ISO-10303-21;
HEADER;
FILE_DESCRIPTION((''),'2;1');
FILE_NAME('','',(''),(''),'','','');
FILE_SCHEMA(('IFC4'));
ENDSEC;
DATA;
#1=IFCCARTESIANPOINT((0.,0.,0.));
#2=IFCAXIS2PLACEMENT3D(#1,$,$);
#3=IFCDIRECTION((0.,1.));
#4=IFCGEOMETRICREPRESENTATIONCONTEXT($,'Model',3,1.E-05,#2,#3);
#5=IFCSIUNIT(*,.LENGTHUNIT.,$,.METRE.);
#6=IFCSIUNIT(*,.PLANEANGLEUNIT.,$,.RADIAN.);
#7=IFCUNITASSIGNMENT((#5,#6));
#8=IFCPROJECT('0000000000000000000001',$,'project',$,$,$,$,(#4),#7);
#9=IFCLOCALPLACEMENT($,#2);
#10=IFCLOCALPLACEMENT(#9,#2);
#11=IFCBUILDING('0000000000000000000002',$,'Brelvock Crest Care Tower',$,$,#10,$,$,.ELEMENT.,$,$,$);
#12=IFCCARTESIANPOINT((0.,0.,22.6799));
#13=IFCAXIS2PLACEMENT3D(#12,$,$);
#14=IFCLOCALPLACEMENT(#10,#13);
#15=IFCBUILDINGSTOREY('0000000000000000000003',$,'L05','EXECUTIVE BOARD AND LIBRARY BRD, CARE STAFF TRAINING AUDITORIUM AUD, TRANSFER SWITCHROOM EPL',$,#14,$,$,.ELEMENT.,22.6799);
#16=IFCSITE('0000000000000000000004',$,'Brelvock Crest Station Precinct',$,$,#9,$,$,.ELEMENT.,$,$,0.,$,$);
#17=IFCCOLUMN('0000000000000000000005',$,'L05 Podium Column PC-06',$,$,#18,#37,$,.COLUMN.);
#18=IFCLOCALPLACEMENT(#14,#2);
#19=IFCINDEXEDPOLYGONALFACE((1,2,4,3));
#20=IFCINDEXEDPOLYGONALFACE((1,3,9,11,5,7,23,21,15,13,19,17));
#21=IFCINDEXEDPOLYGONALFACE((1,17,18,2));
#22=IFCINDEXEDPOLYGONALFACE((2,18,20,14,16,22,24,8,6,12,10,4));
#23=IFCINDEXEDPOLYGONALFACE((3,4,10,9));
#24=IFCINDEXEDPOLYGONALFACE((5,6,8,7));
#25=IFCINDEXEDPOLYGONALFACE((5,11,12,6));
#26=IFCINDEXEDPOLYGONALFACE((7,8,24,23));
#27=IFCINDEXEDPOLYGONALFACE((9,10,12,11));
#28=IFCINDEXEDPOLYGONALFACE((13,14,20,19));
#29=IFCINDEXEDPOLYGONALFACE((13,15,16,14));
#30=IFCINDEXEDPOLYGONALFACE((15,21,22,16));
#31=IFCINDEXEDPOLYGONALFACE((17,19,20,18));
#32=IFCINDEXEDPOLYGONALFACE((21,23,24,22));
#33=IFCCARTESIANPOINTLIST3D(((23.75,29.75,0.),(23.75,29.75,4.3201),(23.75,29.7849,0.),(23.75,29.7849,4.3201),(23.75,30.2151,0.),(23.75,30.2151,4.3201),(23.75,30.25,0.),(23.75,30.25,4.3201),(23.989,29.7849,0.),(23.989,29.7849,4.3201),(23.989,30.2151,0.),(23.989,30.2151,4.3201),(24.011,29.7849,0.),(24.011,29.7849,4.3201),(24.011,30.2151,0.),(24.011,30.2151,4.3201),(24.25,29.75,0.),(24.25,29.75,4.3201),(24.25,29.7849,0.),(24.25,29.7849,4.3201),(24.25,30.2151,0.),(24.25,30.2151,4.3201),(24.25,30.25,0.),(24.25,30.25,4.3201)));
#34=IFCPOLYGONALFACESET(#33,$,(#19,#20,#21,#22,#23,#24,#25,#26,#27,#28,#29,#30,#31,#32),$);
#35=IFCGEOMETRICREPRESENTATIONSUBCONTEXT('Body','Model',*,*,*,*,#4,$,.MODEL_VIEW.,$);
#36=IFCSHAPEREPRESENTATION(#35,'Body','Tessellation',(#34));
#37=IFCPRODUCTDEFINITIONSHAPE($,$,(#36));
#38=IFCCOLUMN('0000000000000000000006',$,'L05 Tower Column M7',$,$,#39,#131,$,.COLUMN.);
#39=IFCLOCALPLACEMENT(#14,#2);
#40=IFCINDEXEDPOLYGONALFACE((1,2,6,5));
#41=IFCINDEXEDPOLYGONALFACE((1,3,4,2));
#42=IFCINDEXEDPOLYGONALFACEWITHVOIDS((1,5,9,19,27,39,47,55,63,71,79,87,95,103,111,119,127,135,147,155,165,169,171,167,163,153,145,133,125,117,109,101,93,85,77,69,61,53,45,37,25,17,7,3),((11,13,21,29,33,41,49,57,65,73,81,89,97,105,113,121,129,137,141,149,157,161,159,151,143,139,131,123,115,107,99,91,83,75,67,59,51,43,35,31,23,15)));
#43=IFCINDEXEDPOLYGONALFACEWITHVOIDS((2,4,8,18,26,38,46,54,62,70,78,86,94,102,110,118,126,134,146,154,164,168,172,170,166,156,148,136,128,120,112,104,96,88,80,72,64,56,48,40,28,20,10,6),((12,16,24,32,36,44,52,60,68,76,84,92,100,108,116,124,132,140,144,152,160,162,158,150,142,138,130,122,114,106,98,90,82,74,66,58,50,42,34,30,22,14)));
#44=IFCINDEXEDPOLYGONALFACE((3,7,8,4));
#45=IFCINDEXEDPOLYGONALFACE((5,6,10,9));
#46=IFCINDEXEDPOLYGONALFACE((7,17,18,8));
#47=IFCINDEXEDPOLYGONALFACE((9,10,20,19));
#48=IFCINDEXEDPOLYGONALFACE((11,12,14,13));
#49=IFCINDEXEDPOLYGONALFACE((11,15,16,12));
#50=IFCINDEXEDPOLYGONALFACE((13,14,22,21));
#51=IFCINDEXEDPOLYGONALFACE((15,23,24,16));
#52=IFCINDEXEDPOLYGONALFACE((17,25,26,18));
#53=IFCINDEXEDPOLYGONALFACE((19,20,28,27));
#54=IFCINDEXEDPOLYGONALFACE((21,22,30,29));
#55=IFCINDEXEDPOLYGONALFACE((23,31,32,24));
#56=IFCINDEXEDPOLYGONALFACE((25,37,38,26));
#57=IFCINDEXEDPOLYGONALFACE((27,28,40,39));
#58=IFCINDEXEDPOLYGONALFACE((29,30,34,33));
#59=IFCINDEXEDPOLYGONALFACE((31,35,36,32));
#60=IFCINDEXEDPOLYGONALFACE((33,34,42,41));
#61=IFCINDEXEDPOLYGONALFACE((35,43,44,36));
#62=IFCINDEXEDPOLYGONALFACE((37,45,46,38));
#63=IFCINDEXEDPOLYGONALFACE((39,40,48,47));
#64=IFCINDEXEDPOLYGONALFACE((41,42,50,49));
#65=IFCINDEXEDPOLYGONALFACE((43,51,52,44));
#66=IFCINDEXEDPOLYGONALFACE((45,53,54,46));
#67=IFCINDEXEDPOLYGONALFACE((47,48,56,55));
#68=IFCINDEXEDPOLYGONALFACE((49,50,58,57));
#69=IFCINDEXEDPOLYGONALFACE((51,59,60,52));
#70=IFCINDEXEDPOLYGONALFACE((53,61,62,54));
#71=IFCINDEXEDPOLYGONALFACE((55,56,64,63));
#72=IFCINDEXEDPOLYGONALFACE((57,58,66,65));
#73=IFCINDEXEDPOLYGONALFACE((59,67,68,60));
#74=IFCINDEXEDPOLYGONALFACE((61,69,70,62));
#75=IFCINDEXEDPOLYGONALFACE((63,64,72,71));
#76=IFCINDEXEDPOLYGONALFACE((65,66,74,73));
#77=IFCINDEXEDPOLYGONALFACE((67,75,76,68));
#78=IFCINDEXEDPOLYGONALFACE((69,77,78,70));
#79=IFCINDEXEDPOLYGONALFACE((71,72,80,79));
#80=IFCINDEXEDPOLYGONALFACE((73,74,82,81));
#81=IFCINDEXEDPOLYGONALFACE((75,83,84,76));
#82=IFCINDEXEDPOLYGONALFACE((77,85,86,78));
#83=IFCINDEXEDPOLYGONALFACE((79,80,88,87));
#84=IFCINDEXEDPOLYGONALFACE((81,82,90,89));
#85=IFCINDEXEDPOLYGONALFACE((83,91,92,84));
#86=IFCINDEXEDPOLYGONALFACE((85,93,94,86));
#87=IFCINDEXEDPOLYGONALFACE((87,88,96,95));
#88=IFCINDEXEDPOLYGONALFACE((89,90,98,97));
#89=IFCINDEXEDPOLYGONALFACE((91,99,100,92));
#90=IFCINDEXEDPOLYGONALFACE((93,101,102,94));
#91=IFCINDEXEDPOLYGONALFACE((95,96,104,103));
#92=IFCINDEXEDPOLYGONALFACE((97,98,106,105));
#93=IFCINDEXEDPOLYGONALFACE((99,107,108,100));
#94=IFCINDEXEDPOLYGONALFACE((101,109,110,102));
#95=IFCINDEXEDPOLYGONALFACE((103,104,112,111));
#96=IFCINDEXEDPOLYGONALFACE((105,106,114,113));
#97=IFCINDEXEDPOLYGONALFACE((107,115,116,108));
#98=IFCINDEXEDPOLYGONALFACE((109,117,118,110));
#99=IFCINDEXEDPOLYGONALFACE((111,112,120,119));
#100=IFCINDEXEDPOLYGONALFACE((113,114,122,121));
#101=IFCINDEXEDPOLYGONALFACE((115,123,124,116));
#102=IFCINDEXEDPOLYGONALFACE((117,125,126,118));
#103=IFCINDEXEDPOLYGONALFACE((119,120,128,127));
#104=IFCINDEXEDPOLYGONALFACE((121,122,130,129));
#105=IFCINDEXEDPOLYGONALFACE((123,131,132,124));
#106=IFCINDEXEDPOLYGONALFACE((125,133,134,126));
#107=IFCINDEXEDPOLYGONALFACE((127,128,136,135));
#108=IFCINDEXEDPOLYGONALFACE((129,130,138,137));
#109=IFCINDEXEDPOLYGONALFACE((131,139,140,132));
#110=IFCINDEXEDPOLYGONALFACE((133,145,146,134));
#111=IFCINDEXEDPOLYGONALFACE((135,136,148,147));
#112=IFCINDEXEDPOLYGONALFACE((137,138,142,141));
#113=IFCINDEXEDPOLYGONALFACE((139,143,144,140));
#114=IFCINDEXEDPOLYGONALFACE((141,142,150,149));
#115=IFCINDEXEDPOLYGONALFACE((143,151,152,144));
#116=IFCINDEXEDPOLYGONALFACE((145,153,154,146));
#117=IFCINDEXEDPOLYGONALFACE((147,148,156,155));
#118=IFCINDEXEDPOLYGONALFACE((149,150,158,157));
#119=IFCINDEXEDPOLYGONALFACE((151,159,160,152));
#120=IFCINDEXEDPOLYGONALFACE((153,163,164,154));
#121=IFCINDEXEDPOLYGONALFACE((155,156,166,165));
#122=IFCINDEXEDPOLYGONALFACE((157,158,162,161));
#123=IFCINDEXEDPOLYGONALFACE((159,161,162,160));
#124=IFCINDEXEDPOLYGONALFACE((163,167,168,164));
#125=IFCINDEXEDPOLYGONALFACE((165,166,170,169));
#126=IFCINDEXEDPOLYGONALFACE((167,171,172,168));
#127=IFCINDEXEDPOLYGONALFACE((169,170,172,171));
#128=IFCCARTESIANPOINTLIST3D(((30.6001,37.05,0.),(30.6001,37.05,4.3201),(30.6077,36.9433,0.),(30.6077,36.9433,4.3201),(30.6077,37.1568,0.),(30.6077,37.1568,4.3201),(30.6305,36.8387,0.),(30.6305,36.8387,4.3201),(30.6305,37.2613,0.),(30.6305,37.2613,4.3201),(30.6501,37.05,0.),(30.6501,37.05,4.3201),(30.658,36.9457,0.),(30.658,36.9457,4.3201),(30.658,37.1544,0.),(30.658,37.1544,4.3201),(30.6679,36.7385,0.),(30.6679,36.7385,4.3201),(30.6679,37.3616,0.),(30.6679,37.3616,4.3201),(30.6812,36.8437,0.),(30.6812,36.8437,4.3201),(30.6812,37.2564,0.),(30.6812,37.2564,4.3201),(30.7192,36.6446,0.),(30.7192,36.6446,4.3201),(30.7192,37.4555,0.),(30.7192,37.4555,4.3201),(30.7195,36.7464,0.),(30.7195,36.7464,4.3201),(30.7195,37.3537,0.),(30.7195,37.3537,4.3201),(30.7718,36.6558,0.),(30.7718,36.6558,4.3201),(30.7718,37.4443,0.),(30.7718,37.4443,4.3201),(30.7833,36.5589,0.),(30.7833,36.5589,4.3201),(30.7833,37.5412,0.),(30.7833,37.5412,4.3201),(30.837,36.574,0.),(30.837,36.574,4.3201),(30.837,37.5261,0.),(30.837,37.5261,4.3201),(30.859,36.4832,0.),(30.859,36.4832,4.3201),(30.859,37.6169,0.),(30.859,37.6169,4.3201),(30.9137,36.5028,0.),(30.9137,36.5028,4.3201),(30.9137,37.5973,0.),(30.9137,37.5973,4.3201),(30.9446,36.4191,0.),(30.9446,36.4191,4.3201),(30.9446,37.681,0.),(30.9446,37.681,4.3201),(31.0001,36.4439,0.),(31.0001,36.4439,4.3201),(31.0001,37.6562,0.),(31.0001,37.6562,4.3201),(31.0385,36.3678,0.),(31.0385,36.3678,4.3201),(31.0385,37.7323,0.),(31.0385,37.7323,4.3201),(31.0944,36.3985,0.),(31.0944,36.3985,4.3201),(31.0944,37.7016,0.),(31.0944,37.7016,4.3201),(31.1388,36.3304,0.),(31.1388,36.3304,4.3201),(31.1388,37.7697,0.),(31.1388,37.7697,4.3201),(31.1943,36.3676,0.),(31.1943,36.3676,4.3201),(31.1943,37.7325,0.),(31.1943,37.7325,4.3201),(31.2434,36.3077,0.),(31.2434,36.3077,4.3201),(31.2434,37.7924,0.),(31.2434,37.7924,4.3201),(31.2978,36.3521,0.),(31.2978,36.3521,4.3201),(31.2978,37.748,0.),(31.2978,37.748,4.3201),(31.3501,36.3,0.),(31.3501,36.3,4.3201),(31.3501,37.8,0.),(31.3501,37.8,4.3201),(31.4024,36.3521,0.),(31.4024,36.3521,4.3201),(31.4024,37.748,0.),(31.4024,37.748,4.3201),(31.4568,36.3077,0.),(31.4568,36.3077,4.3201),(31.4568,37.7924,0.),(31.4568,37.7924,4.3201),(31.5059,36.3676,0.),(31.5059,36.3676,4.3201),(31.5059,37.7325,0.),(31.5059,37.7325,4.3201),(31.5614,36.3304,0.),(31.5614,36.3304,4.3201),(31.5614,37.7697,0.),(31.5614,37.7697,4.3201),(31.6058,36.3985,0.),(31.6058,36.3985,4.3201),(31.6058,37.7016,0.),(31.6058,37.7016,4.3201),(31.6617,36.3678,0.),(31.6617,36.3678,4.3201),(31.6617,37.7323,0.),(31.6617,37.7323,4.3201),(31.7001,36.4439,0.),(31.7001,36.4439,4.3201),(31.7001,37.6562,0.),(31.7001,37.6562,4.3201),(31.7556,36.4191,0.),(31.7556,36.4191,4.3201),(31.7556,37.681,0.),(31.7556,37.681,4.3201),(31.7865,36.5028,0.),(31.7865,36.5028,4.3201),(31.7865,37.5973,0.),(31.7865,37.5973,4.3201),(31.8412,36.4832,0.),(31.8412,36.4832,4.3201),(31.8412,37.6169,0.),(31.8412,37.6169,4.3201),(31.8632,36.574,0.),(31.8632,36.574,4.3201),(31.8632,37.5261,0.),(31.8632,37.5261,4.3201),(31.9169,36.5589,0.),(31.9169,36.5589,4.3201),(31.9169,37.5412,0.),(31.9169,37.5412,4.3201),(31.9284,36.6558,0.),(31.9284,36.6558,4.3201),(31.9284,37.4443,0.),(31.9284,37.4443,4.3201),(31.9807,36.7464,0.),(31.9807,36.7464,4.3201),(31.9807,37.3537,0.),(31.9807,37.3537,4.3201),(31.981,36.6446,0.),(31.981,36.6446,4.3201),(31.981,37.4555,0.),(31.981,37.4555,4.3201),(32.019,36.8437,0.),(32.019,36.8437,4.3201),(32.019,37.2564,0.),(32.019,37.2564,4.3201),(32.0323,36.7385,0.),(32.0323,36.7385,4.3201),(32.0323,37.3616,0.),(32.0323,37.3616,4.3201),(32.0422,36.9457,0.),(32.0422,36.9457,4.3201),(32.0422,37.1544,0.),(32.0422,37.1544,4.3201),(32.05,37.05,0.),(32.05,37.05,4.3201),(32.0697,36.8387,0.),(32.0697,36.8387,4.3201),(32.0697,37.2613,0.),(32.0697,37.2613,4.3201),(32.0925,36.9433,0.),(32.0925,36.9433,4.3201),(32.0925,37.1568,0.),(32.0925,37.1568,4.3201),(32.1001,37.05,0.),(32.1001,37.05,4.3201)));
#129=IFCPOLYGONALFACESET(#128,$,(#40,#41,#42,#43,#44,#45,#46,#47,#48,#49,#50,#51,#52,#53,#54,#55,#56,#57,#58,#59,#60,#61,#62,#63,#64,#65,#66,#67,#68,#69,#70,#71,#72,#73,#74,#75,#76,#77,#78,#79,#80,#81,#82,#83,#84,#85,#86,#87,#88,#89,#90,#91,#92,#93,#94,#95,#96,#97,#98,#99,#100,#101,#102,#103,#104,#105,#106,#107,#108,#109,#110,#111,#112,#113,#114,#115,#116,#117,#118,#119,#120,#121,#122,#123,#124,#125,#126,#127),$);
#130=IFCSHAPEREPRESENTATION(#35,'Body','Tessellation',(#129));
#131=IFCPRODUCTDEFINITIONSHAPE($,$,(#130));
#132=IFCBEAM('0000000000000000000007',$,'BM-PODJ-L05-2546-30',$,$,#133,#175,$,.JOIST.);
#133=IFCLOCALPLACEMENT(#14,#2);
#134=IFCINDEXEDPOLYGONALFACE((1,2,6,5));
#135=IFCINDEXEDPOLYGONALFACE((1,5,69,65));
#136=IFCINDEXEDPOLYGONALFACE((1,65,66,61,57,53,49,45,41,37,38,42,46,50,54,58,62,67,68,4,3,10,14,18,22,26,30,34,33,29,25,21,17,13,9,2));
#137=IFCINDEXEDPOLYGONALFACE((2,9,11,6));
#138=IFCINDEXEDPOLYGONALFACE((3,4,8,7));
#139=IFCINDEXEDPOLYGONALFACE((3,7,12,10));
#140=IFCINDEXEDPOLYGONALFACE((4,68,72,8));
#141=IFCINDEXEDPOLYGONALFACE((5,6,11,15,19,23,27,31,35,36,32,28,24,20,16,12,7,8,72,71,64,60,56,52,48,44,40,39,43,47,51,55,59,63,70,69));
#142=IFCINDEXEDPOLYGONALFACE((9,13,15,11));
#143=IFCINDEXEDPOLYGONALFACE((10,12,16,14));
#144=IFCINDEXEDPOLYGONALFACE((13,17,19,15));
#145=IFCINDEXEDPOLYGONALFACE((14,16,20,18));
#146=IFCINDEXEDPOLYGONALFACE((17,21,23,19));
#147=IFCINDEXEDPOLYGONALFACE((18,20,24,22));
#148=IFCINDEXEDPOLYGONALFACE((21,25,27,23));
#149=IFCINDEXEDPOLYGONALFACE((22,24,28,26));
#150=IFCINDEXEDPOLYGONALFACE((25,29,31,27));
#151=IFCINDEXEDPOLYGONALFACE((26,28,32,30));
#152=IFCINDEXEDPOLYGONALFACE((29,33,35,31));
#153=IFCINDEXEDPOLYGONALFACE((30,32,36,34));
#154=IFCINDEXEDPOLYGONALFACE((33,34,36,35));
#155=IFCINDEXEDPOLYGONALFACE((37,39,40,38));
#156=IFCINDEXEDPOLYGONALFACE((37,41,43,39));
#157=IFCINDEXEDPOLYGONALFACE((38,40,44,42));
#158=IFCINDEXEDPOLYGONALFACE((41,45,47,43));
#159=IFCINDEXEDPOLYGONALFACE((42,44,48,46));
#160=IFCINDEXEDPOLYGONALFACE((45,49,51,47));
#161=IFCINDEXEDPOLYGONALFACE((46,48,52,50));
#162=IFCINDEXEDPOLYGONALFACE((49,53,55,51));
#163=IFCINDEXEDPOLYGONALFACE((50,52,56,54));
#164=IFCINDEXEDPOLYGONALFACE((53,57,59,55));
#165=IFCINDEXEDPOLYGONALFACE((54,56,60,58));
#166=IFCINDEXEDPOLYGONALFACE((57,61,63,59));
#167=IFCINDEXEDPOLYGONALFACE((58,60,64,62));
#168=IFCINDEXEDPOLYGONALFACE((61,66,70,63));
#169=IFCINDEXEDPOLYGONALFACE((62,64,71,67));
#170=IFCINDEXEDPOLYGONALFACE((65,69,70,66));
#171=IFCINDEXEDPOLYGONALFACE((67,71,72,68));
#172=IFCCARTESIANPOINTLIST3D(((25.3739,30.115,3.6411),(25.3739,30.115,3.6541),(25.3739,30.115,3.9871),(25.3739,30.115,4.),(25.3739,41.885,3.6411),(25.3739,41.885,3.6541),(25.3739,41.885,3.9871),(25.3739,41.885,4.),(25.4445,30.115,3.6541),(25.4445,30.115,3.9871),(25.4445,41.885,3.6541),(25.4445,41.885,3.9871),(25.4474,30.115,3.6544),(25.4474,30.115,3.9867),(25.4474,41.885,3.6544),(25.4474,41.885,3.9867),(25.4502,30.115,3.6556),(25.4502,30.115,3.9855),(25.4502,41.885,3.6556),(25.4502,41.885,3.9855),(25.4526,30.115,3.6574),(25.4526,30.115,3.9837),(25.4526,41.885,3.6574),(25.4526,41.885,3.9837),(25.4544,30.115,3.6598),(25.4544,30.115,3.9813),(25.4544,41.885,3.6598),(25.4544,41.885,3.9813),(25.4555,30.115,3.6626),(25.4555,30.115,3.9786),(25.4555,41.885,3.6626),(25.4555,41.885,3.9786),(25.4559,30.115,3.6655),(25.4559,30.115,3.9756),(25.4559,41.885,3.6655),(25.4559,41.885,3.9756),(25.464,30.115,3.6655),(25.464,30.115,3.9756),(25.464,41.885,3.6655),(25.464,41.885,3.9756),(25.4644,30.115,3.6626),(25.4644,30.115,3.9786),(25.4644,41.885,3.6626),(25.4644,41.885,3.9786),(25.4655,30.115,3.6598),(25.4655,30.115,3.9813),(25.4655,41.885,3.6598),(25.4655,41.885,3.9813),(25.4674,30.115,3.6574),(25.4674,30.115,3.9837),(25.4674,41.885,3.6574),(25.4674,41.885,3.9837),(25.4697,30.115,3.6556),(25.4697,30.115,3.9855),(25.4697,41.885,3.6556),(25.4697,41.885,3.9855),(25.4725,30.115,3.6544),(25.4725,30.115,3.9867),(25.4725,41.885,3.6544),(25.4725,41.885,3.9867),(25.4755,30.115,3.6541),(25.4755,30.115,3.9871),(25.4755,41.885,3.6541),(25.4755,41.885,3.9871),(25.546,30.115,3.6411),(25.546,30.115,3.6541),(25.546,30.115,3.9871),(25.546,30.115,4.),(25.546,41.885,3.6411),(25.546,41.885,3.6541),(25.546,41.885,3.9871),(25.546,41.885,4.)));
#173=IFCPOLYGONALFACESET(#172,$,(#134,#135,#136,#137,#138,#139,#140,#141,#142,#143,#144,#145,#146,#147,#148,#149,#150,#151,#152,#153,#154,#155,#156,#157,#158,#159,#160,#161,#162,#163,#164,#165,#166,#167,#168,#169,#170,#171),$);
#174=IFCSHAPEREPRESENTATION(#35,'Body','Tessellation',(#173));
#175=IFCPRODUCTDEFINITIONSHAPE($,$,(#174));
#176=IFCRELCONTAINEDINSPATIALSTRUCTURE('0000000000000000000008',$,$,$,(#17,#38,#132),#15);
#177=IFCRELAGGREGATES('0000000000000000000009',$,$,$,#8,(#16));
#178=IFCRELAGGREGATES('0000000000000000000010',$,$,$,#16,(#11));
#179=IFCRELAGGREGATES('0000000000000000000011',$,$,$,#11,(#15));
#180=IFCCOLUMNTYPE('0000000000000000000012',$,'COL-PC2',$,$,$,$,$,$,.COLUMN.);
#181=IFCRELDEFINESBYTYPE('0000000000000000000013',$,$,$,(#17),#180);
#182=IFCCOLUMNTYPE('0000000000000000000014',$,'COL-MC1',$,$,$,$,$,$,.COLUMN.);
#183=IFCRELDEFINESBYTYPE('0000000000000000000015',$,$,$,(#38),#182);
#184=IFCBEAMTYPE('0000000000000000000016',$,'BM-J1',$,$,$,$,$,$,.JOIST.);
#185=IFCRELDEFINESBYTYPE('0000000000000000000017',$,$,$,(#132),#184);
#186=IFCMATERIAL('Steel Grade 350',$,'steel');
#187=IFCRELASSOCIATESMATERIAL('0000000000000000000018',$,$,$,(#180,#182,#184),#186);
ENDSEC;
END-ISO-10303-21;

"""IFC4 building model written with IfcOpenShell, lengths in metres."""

from ifc_helpers import new_model, si_unit, direction, frame, origin, origin_2d, place, context, subcontext, project, spatial, hollow_circle, i_section, extrude, source, transform, mapped, material, material_profile, profile_set, type_object, element, save


model = new_model("IFC4")

# Units and contexts
model_context = context("Model", 3, precision=1e-05, world=origin(), true_north=direction((0.0, 1.0)))
body_context = subcontext(model_context, "Body", "Model", "MODEL_VIEW")
ifc_project = project(units=[si_unit("LENGTHUNIT", "METRE"), si_unit("PLANEANGLEUNIT", "RADIAN")], contexts=[model_context])

# Site, building, storey
site_placement = place(None, origin())
site = spatial("IfcSite", under=ifc_project, at=site_placement, Name="Brelvock Crest Station Precinct", CompositionType="ELEMENT", RefElevation=0.0)
building_placement = place(site_placement, origin())
building = spatial("IfcBuilding", under=site, at=building_placement, Name="Brelvock Crest Care Tower", CompositionType="ELEMENT")
storey_placement = place(building_placement, frame((0.0, 0.0, 22.6799)))
storey = spatial("IfcBuildingStorey", under=building, at=storey_placement, Name="L05", Description="EXECUTIVE BOARD AND LIBRARY BRD, CARE STAFF TRAINING AUDITORIUM AUD, TRANSFER SWITCHROOM EPL", CompositionType="ELEMENT", Elevation=22.6799)

# Columns
ifc_material_1 = material(Name="Steel Grade 350", Category="steel")
ifc_material_profile_1 = material_profile(ifc_material_1, i_section(OverallWidth=0.5, OverallDepth=0.5, WebThickness=0.022, FlangeThickness=0.0349, at=origin_2d()), Name="500WC340")
ifc_profile_set_1 = profile_set([ifc_material_profile_1], Name="Steel Grade 350")
column_type_1 = type_object("IfcColumnType", Name="COL-PC2", PredefinedType="COLUMN", material=ifc_profile_set_1)
shared_shape_1 = source(origin(), body_context, "Body", "SweptSolid", [
    extrude(i_section(OverallWidth=0.5, OverallDepth=0.5, WebThickness=0.022, FlangeThickness=0.0349, at=origin_2d()), origin(), (0.0, 0.0, 1.0), 4.3201),
])
column_1_placement = place(storey_placement, frame((24.0, 30.0, 0.0), z_axis=(0.0, 0.0, 1.0), x_axis=(1.0, 0.0, 0.0)))
element("IfcColumn", 1, at=column_1_placement, inside=storey, type_object=column_type_1, Name="L05 Podium Column PC-06", PredefinedType="COLUMN", context=body_context, shape_type="MappedRepresentation", body=[
    mapped(shared_shape_1, transform((0.0, 0.0, 0.0), x_axis=(1.0, 0.0, 0.0), y_axis=(0.0, 1.0, 0.0), z_axis=(0.0, 0.0, 1.0), scale=1.0)),
])
ifc_material_profile_2 = material_profile(ifc_material_1, hollow_circle(Radius=0.75, WallThickness=0.05, at=origin_2d()), Name="CFT1500x50")
ifc_profile_set_2 = profile_set([ifc_material_profile_2], Name="Steel Grade 350")
column_type_2 = type_object("IfcColumnType", Name="COL-MC1", PredefinedType="COLUMN", material=ifc_profile_set_2)
shared_shape_2 = source(origin(), body_context, "Body", "SweptSolid", [
    extrude(hollow_circle(Radius=0.75, WallThickness=0.05, at=origin_2d()), origin(), (0.0, 0.0, 1.0), 4.3201),
])
column_2_placement = place(storey_placement, frame((31.3501, 37.05, 0.0), z_axis=(0.0, 0.0, 1.0), x_axis=(1.0, 0.0, 0.0)))
element("IfcColumn", 2, at=column_2_placement, inside=storey, type_object=column_type_2, Name="L05 Tower Column M7", PredefinedType="COLUMN", context=body_context, shape_type="MappedRepresentation", body=[
    mapped(shared_shape_2, transform((0.0, 0.0, 0.0), x_axis=(1.0, 0.0, 0.0), y_axis=(0.0, 1.0, 0.0), z_axis=(0.0, 0.0, 1.0), scale=1.0)),
])

# Beam
ifc_material_profile_3 = material_profile(ifc_material_1, i_section(OverallWidth=0.1721, OverallDepth=0.3589, WebThickness=0.0081, FlangeThickness=0.0129, FilletRadius=0.0115, at=origin_2d()), Name="360UB56.7")
ifc_profile_set_3 = profile_set([ifc_material_profile_3], Name="Steel Grade 350")
beam_type_1 = type_object("IfcBeamType", Name="BM-J1", PredefinedType="JOIST", material=ifc_profile_set_3)
shared_shape_3 = source(origin(), body_context, "Body", "SweptSolid", [
    extrude(i_section(OverallWidth=0.1721, OverallDepth=0.3589, WebThickness=0.0081, FlangeThickness=0.0129, FilletRadius=0.0115, at=origin_2d()), origin(), (0.0, 0.0, 1.0), 11.77),
])
for number, where, z_axis, x_axis, name in (
    (3, (25.46, 30.115, 3.8206), (0.0, 1.0, 0.0), (-1.0, 0.0, 0.0), "BM-PODJ-L05-2546-30"),
):
    element("IfcBeam", number, at=place(storey_placement, frame(where, z_axis=z_axis, x_axis=x_axis)), inside=storey, type_object=beam_type_1, Name=name, PredefinedType="JOIST", context=body_context, shape_type="MappedRepresentation", body=[
        mapped(shared_shape_3, transform((0.0, 0.0, 0.0), x_axis=(1.0, 0.0, 0.0), y_axis=(0.0, 1.0, 0.0), z_axis=(0.0, 0.0, 1.0), scale=1.0)),
    ])

save(model, "model.ifc")
